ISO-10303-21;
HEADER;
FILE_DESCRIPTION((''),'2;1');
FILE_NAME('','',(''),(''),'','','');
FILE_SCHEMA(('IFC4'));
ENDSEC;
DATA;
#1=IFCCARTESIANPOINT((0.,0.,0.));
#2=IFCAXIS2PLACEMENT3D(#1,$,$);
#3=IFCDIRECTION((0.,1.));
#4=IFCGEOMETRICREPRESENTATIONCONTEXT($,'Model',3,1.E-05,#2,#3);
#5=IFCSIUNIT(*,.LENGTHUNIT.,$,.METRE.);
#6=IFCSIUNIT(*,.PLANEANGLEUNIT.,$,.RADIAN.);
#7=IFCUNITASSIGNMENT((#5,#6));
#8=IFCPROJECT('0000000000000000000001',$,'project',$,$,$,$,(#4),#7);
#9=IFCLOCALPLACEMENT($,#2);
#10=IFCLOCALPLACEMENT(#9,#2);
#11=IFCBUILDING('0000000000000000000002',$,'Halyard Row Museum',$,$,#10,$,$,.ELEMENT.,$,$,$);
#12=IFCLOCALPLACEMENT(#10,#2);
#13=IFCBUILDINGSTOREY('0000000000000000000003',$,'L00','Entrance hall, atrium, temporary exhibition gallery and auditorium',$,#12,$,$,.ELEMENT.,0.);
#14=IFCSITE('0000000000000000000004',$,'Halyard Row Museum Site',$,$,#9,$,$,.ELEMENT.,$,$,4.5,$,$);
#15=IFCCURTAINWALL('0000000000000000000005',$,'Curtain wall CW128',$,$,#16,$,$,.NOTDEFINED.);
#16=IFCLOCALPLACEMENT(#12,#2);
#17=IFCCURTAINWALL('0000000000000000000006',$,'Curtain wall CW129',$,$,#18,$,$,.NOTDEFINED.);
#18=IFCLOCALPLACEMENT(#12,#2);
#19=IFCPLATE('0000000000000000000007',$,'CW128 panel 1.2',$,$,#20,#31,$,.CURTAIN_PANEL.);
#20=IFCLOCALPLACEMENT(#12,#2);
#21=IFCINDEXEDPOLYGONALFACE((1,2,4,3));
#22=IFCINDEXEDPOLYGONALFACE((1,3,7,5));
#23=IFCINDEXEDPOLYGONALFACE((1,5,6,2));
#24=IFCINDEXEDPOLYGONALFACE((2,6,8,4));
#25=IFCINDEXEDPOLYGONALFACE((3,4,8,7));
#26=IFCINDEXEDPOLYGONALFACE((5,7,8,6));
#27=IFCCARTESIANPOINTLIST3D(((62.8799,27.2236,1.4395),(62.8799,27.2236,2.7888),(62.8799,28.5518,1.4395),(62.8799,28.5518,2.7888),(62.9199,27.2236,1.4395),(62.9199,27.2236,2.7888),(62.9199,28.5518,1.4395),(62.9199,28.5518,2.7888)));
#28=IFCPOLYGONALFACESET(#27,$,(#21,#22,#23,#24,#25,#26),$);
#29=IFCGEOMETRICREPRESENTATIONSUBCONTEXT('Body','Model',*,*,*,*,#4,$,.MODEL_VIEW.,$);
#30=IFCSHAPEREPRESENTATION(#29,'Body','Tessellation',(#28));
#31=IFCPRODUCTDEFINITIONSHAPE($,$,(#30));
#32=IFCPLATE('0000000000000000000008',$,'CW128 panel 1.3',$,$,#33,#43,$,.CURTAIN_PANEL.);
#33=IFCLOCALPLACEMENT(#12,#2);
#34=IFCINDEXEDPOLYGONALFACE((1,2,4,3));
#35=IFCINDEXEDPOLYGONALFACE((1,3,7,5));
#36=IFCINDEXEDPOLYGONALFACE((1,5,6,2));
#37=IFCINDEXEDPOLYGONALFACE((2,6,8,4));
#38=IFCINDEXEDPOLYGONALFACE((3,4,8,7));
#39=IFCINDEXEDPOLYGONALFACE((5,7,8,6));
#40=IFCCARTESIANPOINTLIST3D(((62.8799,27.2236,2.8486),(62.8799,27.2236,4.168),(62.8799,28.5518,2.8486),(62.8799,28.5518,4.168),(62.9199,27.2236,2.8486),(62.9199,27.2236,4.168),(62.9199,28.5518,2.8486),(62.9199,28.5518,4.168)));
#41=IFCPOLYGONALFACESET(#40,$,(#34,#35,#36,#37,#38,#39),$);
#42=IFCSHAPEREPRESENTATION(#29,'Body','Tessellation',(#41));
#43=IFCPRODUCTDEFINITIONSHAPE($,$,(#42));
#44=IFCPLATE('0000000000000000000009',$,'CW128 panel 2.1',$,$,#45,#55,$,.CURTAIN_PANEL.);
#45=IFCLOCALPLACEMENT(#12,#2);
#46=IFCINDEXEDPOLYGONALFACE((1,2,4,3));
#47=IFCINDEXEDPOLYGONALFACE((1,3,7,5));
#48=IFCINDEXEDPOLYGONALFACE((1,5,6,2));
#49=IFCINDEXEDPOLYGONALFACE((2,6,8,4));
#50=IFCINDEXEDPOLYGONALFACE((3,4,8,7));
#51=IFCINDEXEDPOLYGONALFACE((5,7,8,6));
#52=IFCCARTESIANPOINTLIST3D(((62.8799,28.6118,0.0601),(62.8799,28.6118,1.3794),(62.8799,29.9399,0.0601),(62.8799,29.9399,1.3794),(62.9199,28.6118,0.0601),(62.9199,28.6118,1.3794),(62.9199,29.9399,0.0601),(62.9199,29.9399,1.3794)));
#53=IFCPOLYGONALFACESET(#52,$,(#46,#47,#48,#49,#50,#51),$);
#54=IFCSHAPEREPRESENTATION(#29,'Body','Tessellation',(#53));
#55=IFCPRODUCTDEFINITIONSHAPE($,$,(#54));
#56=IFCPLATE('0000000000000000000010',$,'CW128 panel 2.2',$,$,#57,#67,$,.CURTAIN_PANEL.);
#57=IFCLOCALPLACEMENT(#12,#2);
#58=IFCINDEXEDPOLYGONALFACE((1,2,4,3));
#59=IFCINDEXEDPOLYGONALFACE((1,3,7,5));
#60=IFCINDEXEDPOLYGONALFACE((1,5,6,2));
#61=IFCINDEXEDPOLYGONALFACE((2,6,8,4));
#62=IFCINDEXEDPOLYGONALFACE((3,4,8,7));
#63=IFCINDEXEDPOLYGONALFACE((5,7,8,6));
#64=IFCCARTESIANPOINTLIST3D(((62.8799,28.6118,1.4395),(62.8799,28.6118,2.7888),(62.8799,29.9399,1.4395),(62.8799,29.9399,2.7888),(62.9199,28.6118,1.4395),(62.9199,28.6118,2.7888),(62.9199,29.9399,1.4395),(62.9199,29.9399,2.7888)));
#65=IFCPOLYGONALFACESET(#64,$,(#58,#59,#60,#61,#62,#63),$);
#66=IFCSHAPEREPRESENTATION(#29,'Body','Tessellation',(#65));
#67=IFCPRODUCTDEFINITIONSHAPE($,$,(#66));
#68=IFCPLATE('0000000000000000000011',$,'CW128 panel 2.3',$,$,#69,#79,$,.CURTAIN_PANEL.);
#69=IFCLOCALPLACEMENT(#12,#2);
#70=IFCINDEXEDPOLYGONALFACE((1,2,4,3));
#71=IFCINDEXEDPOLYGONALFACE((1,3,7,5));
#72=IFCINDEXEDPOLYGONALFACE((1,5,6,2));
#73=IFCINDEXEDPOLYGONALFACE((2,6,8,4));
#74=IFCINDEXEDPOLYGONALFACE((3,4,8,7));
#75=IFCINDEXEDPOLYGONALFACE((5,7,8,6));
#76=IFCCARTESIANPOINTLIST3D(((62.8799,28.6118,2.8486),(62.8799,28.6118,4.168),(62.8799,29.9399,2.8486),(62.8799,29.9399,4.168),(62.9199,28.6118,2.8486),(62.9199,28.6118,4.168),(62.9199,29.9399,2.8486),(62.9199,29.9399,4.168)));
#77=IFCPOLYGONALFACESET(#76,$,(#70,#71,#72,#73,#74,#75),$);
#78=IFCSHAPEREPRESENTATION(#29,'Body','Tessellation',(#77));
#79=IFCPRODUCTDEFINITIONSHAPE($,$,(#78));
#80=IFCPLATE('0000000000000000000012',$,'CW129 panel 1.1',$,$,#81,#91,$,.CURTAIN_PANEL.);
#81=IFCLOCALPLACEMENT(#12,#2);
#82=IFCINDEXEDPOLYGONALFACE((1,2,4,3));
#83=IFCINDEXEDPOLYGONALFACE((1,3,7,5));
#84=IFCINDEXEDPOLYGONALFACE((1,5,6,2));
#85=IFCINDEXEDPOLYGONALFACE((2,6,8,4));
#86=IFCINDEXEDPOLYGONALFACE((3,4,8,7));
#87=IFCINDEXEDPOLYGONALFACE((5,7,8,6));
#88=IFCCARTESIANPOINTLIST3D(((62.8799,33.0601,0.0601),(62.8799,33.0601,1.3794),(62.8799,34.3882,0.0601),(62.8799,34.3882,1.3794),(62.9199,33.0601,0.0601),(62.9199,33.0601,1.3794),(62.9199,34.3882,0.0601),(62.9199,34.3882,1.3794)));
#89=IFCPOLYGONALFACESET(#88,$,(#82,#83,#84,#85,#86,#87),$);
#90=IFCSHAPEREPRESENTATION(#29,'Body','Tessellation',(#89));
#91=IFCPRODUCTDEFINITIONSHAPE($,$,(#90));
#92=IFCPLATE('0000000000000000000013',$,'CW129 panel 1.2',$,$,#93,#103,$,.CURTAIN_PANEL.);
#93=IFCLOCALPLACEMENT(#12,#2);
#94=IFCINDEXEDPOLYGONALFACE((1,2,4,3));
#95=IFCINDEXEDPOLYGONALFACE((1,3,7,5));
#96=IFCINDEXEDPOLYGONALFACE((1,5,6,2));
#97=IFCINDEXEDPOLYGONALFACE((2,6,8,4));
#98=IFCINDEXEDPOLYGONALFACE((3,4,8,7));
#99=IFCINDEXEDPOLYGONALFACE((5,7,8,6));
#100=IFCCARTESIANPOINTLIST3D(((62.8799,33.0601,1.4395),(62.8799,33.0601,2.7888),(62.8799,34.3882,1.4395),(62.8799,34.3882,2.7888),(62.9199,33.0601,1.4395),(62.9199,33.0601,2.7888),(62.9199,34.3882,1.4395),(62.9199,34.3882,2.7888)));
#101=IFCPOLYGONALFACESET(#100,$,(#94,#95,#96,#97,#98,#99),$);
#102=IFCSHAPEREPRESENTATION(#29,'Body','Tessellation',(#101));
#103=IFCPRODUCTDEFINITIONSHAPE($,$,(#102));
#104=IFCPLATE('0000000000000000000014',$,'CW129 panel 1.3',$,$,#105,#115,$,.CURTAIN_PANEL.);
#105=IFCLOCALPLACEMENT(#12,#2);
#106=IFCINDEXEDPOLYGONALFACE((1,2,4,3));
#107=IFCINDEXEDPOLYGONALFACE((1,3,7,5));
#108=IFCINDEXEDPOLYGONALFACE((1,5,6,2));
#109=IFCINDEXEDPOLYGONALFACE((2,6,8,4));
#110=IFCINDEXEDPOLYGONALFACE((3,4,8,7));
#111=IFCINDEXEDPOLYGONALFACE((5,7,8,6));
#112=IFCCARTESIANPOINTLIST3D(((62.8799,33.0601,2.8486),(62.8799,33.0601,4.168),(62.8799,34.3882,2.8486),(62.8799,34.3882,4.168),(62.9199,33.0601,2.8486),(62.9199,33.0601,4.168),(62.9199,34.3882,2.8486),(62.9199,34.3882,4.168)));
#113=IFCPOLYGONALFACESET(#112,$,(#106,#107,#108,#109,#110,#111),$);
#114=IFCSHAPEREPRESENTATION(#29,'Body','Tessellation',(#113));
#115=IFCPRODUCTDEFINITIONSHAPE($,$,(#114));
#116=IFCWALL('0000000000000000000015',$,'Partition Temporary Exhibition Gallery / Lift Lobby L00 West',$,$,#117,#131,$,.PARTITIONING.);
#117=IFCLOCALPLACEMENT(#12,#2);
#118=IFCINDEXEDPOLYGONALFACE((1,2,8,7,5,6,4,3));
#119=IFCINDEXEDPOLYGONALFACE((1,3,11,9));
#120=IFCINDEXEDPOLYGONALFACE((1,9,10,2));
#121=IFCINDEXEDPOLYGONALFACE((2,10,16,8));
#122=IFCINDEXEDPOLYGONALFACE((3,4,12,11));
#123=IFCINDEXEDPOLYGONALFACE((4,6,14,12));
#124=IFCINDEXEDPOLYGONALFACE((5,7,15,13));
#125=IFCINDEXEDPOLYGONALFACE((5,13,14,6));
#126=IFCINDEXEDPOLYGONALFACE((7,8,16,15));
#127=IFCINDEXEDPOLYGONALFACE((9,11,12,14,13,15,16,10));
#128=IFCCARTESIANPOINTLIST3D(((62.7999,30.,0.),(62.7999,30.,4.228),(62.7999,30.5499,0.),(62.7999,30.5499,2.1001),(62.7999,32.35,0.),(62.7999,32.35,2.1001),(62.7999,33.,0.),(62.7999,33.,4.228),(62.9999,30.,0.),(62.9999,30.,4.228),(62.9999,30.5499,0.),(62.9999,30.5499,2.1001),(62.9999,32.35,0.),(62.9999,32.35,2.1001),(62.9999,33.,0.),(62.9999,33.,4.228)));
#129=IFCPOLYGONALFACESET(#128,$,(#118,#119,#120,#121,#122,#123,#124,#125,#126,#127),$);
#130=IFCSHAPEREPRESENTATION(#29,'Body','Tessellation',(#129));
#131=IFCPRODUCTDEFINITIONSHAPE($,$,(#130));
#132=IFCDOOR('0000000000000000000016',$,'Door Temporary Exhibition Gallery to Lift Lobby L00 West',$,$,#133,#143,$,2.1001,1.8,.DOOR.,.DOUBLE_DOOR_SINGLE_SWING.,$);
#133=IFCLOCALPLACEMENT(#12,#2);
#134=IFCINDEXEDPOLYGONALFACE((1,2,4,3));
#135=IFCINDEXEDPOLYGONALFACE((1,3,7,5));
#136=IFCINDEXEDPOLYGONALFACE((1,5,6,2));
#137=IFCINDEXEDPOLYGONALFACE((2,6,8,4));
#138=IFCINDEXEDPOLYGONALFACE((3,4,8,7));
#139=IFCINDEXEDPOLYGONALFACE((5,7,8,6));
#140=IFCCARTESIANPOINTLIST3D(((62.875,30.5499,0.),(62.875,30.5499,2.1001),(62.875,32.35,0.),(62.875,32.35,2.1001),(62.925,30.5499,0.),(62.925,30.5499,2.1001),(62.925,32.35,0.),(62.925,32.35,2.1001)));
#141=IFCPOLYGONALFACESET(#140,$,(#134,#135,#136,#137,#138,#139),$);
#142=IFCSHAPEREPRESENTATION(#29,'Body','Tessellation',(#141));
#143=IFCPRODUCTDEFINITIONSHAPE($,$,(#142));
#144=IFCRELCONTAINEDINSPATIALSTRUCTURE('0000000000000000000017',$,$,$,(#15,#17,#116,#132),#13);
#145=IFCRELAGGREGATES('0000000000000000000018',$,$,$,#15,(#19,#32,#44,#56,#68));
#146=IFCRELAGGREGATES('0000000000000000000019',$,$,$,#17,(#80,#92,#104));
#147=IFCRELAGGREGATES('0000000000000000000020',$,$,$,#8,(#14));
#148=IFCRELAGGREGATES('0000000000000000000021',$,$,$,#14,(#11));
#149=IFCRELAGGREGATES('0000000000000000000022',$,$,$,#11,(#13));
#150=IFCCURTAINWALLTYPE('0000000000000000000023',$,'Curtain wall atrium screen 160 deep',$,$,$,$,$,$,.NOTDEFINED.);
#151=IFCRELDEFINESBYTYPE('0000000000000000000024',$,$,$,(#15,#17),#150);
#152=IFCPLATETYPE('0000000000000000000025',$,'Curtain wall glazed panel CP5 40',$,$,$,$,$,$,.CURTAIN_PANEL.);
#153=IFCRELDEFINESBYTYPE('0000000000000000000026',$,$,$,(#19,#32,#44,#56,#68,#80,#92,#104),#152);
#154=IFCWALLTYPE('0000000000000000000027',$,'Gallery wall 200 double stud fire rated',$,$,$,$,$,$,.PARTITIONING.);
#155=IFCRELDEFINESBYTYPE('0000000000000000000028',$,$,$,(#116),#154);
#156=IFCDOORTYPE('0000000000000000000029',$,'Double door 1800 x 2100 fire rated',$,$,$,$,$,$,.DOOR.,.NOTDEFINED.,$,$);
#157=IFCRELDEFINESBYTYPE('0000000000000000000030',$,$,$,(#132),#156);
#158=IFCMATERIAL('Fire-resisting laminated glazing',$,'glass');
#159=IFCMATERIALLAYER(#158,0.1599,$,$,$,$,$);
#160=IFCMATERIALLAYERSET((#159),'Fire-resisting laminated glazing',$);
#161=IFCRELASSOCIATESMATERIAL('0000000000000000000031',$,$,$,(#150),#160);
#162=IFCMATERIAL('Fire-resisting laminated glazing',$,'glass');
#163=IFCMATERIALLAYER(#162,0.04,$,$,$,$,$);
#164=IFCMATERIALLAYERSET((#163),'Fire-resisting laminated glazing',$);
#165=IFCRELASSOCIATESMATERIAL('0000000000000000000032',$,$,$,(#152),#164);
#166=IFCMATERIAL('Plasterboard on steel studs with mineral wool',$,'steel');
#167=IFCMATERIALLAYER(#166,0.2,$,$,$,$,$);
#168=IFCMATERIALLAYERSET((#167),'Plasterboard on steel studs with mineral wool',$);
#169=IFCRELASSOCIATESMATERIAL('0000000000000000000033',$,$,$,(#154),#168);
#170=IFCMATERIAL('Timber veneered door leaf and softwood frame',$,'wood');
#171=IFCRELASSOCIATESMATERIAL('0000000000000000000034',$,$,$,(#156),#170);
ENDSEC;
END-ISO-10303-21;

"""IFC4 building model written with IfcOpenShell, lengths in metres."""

from ifc_helpers import new_model, si_unit, direction, frame, frame_2d, origin, origin_2d, place, context, subcontext, project, spatial, rectangle, extrude, material, layer, layer_set, type_object, element, fill, aggregate, save


model = new_model("IFC4")

# Units and contexts
model_context = context("Model", 3, precision=1e-05, world=origin(), true_north=direction((0.0, 1.0)))
body_context = subcontext(model_context, "Body", "Model", "MODEL_VIEW")
ifc_project = project(units=[si_unit("LENGTHUNIT", "METRE"), si_unit("PLANEANGLEUNIT", "RADIAN")], contexts=[model_context])

# Site, building, storey
site_placement = place(None, origin())
site = spatial("IfcSite", under=ifc_project, at=site_placement, Name="Halyard Row Museum Site", CompositionType="ELEMENT", RefElevation=4.5)
building_placement = place(site_placement, origin())
building = spatial("IfcBuilding", under=site, at=building_placement, Name="Halyard Row Museum", CompositionType="ELEMENT")
storey_placement = place(building_placement, origin())
storey = spatial("IfcBuildingStorey", under=building, at=storey_placement, Name="L00", Description="Entrance hall, atrium, temporary exhibition gallery and auditorium", CompositionType="ELEMENT", Elevation=0.0)

# Curtain walls
ifc_material_1 = material(Name="Fire-resisting laminated glazing", Category="glass")
ifc_layer_1 = layer(ifc_material_1, 0.1599)
ifc_layer_set_1 = layer_set([ifc_layer_1], Name="Fire-resisting laminated glazing")
curtain_wall_type = type_object("IfcCurtainWallType", Name="Curtain wall atrium screen 160 deep", PredefinedType="NOTDEFINED", material=ifc_layer_set_1)
curtain_wall_1_placement = place(storey_placement, origin())
curtain_wall_1 = element("IfcCurtainWall", 1, at=curtain_wall_1_placement, inside=storey, type_object=curtain_wall_type, Name="Curtain wall CW128", PredefinedType="NOTDEFINED")
curtain_wall_2_placement = place(storey_placement, origin())
curtain_wall_2 = element("IfcCurtainWall", 2, at=curtain_wall_2_placement, inside=storey, type_object=curtain_wall_type, Name="Curtain wall CW129", PredefinedType="NOTDEFINED")

# Plates
ifc_material_2 = material(Name="Fire-resisting laminated glazing", Category="glass")
ifc_layer_2 = layer(ifc_material_2, 0.04)
ifc_layer_set_2 = layer_set([ifc_layer_2], Name="Fire-resisting laminated glazing")
plate_type = type_object("IfcPlateType", Name="Curtain wall glazed panel CP5 40", PredefinedType="CURTAIN_PANEL", material=ifc_layer_set_2)
plate_1_placement = place(storey_placement, frame((62.8999, 27.8877, 1.4395), z_axis=(0.0, 0.0, 1.0), x_axis=(0.0, 1.0, 0.0)))
plate_1 = element("IfcPlate", 3, at=plate_1_placement, type_object=plate_type, Name="CW128 panel 1.2", PredefinedType="CURTAIN_PANEL", context=body_context, shape_type="SweptSolid", body=[
    extrude(rectangle(XDim=1.3281, YDim=0.04, at=origin_2d()), origin(), (0.0, 0.0, 1.0), 1.3494),
])
plate_2_placement = place(storey_placement, frame((62.8999, 27.8877, 2.8486), z_axis=(0.0, 0.0, 1.0), x_axis=(0.0, 1.0, 0.0)))
plate_2 = element("IfcPlate", 4, at=plate_2_placement, type_object=plate_type, Name="CW128 panel 1.3", PredefinedType="CURTAIN_PANEL", context=body_context, shape_type="SweptSolid", body=[
    extrude(rectangle(XDim=1.3281, YDim=0.04, at=origin_2d()), origin(), (0.0, 0.0, 1.0), 1.3193),
])
plate_3_placement = place(storey_placement, frame((62.8999, 29.2759, 0.0601), z_axis=(0.0, 0.0, 1.0), x_axis=(0.0, 1.0, 0.0)))
plate_3 = element("IfcPlate", 5, at=plate_3_placement, type_object=plate_type, Name="CW128 panel 2.1", PredefinedType="CURTAIN_PANEL", context=body_context, shape_type="SweptSolid", body=[
    extrude(rectangle(XDim=1.3281, YDim=0.04, at=origin_2d()), origin(), (0.0, 0.0, 1.0), 1.3193),
])
plate_4_placement = place(storey_placement, frame((62.8999, 29.2759, 1.4395), z_axis=(0.0, 0.0, 1.0), x_axis=(0.0, 1.0, 0.0)))
plate_4 = element("IfcPlate", 6, at=plate_4_placement, type_object=plate_type, Name="CW128 panel 2.2", PredefinedType="CURTAIN_PANEL", context=body_context, shape_type="SweptSolid", body=[
    extrude(rectangle(XDim=1.3281, YDim=0.04, at=origin_2d()), origin(), (0.0, 0.0, 1.0), 1.3494),
])
plate_5_placement = place(storey_placement, frame((62.8999, 29.2759, 2.8486), z_axis=(0.0, 0.0, 1.0), x_axis=(0.0, 1.0, 0.0)))
plate_5 = element("IfcPlate", 7, at=plate_5_placement, type_object=plate_type, Name="CW128 panel 2.3", PredefinedType="CURTAIN_PANEL", context=body_context, shape_type="SweptSolid", body=[
    extrude(rectangle(XDim=1.3281, YDim=0.04, at=origin_2d()), origin(), (0.0, 0.0, 1.0), 1.3193),
])
aggregate(curtain_wall_1, [plate_1, plate_2, plate_3, plate_4, plate_5])
plate_6_placement = place(storey_placement, frame((62.8999, 33.7241, 0.0601), z_axis=(0.0, 0.0, 1.0), x_axis=(0.0, 1.0, 0.0)))
plate_6 = element("IfcPlate", 8, at=plate_6_placement, type_object=plate_type, Name="CW129 panel 1.1", PredefinedType="CURTAIN_PANEL", context=body_context, shape_type="SweptSolid", body=[
    extrude(rectangle(XDim=1.3281, YDim=0.04, at=origin_2d()), origin(), (0.0, 0.0, 1.0), 1.3193),
])
plate_7_placement = place(storey_placement, frame((62.8999, 33.7241, 1.4395), z_axis=(0.0, 0.0, 1.0), x_axis=(0.0, 1.0, 0.0)))
plate_7 = element("IfcPlate", 9, at=plate_7_placement, type_object=plate_type, Name="CW129 panel 1.2", PredefinedType="CURTAIN_PANEL", context=body_context, shape_type="SweptSolid", body=[
    extrude(rectangle(XDim=1.3281, YDim=0.04, at=origin_2d()), origin(), (0.0, 0.0, 1.0), 1.3494),
])
plate_8_placement = place(storey_placement, frame((62.8999, 33.7241, 2.8486), z_axis=(0.0, 0.0, 1.0), x_axis=(0.0, 1.0, 0.0)))
plate_8 = element("IfcPlate", 10, at=plate_8_placement, type_object=plate_type, Name="CW129 panel 1.3", PredefinedType="CURTAIN_PANEL", context=body_context, shape_type="SweptSolid", body=[
    extrude(rectangle(XDim=1.3281, YDim=0.04, at=origin_2d()), origin(), (0.0, 0.0, 1.0), 1.3193),
])
aggregate(curtain_wall_2, [plate_6, plate_7, plate_8])

# Wall, opening, door
ifc_material_3 = material(Name="Plasterboard on steel studs with mineral wool", Category="steel")
ifc_layer_3 = layer(ifc_material_3, 0.2)
ifc_layer_set_3 = layer_set([ifc_layer_3], Name="Plasterboard on steel studs with mineral wool")
wall_type = type_object("IfcWallType", Name="Gallery wall 200 double stud fire rated", PredefinedType="PARTITIONING", material=ifc_layer_set_3)
wall_placement = place(storey_placement, frame((62.8999, 30.0, 0.0), z_axis=(0.0, 0.0, 1.0), x_axis=(0.0, 1.0, 0.0)))
wall = element("IfcWall", 11, at=wall_placement, inside=storey, type_object=wall_type, Name="Partition Temporary Exhibition Gallery / Lift Lobby L00 West", PredefinedType="PARTITIONING", context=body_context, shape_type="SweptSolid", body=[
    extrude(rectangle(XDim=3.0, YDim=0.2, at=frame_2d((1.5, 0.0))), origin(), (0.0, 0.0, 1.0), 4.228),
])
opening_placement = place(wall_placement, frame((0.55, 0.0, 0.0)))
opening = element("IfcOpeningElement", 12, at=opening_placement, cuts=wall, PredefinedType="OPENING", context=body_context, shape_type="SweptSolid", body=[
    extrude(rectangle(XDim=1.8, YDim=2.1001, at=frame_2d((0.8999, 1.05))), frame((0.0, 0.1099, 0.0), z_axis=(0.0, -1.0, 0.0), x_axis=(1.0, 0.0, 0.0)), (0.0, 0.0, 1.0), 0.22),
])
ifc_material_4 = material(Name="Timber veneered door leaf and softwood frame", Category="wood")
door_type = type_object("IfcDoorType", Name="Double door 1800 x 2100 fire rated", OperationType="NOTDEFINED", PredefinedType="DOOR", material=ifc_material_4)
door_placement = place(opening_placement, origin())
door = element("IfcDoor", 13, at=door_placement, inside=storey, type_object=door_type, Name="Door Temporary Exhibition Gallery to Lift Lobby L00 West", OperationType="DOUBLE_DOOR_SINGLE_SWING", OverallHeight=2.1001, OverallWidth=1.8, PredefinedType="DOOR", context=body_context, shape_type="SweptSolid", body=[
    extrude(rectangle(XDim=1.8, YDim=2.1001, at=frame_2d((0.8999, 1.05))), frame((0.0, 0.0249, 0.0), z_axis=(0.0, -1.0, 0.0), x_axis=(1.0, 0.0, 0.0)), (0.0, 0.0, 1.0), 0.05),
])
fill(opening, door)

save(model, "model.ifc")
